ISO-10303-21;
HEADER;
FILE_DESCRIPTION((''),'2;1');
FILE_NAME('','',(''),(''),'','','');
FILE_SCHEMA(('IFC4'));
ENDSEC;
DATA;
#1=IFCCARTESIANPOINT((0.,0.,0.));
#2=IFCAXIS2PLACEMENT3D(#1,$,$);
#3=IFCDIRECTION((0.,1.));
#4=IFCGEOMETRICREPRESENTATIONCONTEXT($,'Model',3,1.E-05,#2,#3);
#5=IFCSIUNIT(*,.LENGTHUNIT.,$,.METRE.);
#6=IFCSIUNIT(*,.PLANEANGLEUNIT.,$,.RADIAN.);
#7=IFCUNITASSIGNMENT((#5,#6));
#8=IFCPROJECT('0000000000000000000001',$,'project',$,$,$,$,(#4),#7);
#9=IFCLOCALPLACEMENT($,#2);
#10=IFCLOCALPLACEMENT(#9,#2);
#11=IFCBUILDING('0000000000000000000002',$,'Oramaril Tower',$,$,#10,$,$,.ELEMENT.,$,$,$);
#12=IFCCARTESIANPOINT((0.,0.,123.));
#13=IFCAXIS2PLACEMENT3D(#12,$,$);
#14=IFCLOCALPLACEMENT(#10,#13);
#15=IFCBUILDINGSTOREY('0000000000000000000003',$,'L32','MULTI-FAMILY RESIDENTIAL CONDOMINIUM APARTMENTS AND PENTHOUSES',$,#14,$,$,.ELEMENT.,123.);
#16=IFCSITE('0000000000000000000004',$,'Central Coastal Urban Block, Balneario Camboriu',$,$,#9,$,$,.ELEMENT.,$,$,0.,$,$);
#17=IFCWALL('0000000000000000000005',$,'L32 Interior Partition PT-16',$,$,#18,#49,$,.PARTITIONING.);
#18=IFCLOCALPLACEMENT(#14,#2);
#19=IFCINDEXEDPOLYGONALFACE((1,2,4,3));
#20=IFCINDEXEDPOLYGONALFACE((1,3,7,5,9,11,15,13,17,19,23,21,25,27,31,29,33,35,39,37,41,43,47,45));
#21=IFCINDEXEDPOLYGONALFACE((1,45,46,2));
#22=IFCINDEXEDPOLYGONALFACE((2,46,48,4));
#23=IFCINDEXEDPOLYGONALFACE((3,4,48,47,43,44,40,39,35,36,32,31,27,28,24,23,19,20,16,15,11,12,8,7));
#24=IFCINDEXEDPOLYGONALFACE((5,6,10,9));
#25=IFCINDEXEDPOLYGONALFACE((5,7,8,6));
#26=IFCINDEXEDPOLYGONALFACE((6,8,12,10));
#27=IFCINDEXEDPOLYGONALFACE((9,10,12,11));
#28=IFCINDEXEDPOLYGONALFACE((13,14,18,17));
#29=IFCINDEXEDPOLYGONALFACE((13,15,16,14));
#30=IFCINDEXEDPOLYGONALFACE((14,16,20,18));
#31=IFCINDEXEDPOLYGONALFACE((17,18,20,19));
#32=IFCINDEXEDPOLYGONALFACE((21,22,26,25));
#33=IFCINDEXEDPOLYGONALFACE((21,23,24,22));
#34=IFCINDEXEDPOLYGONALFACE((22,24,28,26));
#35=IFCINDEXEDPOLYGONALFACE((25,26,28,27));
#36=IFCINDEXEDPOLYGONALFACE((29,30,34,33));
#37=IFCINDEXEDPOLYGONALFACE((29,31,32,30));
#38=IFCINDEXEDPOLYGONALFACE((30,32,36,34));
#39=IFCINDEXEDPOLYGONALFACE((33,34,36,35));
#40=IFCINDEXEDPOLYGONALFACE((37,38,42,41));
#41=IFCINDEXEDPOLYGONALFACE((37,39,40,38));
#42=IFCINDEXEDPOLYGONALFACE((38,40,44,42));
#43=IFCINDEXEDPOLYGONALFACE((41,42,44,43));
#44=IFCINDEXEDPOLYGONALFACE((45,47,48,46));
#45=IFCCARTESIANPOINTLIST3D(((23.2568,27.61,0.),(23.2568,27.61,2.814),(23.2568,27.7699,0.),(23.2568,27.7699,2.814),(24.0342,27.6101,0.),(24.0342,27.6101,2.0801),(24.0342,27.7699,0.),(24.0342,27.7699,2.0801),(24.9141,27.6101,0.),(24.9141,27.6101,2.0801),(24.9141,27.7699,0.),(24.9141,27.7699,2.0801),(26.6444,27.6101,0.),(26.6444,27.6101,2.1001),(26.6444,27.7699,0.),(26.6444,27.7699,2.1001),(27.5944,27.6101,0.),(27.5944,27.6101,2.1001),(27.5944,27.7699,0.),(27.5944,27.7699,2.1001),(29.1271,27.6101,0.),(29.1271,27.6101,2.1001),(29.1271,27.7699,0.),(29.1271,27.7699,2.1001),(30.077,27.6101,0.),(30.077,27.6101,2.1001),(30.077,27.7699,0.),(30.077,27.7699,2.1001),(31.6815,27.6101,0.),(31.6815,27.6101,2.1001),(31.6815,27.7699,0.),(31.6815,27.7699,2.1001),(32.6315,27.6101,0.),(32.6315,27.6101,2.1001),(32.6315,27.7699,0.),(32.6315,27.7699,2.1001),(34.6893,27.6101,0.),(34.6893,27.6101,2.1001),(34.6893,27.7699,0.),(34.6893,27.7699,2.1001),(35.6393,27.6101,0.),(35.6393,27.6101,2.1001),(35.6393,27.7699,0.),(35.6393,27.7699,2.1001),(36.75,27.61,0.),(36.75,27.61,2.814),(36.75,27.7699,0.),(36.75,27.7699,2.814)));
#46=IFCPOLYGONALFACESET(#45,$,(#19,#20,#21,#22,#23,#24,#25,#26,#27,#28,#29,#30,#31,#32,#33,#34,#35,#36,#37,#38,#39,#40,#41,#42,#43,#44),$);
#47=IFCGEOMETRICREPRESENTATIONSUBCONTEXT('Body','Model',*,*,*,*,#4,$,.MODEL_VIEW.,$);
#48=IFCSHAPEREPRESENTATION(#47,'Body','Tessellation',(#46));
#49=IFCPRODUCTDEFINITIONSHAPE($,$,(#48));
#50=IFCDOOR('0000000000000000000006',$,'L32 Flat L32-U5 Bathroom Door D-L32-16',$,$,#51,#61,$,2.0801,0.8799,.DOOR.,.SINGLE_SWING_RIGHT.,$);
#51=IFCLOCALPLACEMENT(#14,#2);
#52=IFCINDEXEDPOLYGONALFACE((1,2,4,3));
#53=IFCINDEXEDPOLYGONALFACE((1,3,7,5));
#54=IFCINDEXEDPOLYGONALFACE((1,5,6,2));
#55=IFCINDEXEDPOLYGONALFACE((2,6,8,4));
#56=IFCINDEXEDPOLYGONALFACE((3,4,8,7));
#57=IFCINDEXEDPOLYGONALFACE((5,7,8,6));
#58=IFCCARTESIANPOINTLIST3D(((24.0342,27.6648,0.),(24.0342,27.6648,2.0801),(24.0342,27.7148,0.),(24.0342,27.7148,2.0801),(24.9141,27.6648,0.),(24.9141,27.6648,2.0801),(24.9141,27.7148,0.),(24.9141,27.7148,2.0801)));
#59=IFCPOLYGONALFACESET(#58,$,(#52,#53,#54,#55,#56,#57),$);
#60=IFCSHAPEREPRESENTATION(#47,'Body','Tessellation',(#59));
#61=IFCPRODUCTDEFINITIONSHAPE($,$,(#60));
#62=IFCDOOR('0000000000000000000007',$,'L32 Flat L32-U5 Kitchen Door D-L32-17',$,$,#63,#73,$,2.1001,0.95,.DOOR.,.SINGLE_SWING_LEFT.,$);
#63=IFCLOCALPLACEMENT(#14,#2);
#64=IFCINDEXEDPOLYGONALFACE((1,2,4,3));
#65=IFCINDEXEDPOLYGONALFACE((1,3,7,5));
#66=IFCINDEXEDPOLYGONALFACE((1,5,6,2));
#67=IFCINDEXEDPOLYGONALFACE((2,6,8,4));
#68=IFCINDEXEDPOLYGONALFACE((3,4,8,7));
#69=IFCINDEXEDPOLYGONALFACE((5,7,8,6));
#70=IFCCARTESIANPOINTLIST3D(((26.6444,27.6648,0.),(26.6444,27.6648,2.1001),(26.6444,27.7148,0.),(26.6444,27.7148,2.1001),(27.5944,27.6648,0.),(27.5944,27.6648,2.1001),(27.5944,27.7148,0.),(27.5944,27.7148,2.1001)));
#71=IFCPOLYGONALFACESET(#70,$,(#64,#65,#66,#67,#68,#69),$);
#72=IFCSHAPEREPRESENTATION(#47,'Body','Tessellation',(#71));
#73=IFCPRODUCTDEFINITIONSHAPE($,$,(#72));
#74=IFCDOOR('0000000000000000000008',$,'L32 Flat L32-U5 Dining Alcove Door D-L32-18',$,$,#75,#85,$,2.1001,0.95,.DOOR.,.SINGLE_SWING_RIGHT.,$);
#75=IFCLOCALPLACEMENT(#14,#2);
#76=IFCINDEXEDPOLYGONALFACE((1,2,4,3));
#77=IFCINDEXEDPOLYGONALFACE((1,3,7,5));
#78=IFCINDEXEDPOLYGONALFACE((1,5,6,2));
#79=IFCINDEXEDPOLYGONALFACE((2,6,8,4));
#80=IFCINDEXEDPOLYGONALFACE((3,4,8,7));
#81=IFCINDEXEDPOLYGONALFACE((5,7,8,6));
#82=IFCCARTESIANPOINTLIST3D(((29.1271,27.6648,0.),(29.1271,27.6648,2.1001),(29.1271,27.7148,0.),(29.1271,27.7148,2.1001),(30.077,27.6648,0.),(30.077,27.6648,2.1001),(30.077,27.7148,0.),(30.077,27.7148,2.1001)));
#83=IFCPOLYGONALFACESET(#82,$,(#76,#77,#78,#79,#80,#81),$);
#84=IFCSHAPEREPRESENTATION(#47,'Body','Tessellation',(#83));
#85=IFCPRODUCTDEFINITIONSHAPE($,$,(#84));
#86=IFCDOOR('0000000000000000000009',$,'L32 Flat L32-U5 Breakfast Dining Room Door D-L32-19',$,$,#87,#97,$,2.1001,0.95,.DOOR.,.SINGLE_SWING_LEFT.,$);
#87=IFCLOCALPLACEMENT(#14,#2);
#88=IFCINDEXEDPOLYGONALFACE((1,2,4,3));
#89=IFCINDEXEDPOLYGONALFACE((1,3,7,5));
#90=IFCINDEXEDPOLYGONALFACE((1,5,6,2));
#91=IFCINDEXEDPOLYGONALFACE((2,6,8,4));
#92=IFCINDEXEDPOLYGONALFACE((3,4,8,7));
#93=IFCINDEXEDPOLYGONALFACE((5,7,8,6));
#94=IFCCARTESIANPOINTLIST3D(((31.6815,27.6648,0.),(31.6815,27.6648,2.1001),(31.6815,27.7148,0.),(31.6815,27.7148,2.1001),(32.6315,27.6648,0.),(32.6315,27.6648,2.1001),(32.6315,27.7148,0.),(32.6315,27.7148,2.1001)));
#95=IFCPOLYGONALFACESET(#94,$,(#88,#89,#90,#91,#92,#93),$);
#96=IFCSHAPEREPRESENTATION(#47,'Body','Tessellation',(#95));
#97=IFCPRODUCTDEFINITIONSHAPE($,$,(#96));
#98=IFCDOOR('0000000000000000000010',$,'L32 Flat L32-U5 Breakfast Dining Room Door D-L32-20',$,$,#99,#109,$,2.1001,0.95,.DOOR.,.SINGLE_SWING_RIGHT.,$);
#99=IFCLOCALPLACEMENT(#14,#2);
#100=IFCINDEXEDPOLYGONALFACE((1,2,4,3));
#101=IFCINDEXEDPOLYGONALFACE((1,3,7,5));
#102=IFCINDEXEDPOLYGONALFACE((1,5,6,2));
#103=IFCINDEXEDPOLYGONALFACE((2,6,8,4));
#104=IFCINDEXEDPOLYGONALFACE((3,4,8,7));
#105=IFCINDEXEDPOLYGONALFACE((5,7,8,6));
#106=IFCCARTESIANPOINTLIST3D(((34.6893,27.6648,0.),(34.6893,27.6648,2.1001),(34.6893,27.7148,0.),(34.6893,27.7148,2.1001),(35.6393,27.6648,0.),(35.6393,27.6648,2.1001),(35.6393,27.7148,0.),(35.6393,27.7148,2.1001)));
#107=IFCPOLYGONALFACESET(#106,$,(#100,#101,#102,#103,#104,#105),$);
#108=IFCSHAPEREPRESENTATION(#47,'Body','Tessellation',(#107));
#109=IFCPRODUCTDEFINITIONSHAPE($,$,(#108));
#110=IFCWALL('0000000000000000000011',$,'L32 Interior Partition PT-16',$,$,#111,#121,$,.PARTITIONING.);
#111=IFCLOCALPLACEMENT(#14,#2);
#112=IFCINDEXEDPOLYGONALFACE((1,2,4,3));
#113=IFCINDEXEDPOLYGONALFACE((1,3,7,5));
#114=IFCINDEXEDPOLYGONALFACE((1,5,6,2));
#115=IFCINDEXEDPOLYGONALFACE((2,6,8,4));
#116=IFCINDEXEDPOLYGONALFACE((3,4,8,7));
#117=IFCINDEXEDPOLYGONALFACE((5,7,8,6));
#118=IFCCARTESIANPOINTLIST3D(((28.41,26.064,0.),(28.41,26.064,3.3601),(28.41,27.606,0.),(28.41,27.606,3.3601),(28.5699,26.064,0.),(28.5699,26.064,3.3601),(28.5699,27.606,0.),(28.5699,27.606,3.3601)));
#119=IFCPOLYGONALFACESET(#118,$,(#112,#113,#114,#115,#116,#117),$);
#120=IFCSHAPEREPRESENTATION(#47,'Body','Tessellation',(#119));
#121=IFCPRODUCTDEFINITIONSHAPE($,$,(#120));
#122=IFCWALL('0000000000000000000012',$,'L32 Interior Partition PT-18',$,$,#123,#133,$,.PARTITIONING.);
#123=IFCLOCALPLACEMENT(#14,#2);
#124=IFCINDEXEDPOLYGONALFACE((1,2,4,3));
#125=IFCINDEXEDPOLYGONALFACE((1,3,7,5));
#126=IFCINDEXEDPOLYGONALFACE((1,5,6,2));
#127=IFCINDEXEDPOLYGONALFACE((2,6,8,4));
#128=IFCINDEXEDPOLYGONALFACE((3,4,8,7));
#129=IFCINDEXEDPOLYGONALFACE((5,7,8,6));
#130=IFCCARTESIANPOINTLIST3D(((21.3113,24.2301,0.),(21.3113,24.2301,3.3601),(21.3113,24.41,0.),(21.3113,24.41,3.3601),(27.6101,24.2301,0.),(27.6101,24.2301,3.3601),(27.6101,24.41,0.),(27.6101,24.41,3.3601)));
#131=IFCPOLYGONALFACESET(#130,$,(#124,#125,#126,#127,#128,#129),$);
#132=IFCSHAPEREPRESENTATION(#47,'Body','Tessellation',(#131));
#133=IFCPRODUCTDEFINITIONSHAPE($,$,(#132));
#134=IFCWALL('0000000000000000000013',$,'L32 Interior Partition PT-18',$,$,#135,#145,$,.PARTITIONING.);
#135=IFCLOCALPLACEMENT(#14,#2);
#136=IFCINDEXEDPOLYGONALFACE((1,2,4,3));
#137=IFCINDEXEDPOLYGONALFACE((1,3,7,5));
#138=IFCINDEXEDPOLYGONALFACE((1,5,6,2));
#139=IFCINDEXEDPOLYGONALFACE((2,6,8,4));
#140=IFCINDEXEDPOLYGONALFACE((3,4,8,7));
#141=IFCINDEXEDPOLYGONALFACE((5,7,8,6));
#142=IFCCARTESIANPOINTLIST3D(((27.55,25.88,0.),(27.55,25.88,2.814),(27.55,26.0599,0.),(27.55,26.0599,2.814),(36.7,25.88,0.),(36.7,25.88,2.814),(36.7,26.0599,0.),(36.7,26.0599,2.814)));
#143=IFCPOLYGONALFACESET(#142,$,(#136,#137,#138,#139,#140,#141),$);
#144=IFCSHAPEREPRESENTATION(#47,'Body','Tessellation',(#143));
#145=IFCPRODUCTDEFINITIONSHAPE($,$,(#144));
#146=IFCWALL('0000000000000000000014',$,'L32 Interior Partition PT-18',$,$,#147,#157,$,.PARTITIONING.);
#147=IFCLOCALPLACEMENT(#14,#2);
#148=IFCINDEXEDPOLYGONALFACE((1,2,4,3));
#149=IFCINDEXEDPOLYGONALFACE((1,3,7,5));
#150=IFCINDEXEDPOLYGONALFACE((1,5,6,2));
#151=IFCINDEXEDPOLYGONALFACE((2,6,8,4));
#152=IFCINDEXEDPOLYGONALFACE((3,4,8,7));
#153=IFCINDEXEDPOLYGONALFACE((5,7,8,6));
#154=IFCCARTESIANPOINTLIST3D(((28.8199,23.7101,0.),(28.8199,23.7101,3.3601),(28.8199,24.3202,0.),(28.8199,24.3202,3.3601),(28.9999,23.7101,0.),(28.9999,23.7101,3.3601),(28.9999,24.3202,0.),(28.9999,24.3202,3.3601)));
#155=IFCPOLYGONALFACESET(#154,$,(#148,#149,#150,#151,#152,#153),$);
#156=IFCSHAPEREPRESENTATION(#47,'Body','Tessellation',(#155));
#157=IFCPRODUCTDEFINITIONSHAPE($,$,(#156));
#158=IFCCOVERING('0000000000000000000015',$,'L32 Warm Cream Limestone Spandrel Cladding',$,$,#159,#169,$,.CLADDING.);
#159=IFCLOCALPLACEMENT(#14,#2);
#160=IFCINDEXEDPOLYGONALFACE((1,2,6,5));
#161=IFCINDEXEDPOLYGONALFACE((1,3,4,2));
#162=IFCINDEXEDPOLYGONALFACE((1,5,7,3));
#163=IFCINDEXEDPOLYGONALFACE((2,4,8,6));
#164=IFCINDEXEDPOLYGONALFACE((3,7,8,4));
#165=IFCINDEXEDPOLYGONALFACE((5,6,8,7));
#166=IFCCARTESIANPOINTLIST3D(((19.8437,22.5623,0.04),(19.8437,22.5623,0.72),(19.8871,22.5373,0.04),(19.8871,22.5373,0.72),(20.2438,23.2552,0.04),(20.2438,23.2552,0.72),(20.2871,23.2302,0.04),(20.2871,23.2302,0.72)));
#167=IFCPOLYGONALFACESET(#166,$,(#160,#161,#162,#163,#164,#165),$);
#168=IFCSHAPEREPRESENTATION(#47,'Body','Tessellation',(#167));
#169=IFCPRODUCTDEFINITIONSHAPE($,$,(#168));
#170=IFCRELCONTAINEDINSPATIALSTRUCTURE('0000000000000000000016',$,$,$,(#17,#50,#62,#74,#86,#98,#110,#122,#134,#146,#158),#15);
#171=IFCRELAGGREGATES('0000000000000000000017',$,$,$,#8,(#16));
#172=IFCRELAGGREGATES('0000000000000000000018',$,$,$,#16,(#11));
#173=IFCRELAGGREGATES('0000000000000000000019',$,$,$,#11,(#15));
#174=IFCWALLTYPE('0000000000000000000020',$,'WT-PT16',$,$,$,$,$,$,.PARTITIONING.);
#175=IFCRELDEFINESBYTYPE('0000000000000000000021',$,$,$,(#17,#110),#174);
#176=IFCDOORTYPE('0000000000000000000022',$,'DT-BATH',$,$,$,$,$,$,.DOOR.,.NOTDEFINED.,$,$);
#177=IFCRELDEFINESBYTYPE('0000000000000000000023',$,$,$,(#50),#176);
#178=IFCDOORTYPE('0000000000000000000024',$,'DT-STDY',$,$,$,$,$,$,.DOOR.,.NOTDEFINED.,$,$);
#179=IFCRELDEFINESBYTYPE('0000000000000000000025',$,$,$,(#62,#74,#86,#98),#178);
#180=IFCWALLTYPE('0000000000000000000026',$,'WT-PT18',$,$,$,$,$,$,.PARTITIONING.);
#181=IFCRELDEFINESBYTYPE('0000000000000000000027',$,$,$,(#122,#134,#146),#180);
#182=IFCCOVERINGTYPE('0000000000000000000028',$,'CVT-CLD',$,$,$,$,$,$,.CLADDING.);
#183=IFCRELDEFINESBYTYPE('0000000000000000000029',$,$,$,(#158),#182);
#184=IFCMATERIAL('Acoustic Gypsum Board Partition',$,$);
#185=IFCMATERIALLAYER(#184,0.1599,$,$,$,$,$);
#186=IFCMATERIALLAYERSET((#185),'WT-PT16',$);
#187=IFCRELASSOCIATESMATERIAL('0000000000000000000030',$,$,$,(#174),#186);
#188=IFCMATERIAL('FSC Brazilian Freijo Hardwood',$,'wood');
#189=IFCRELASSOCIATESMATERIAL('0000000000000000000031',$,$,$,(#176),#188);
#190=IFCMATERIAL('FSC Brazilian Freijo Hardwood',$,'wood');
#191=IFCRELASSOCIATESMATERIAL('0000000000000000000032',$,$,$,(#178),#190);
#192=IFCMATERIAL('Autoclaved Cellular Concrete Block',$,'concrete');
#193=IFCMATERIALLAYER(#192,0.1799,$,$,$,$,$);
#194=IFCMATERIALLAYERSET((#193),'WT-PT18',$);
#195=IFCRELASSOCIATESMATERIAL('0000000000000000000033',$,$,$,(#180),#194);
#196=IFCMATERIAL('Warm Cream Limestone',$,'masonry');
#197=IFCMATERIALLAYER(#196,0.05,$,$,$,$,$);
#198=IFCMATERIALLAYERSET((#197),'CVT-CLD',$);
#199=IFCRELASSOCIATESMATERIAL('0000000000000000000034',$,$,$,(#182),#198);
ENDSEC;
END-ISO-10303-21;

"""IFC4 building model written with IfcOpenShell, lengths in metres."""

from ifc_helpers import new_model, si_unit, direction, frame, frame_2d, origin, origin_2d, place, context, subcontext, project, spatial, rectangle, extrude, material, layer, layer_set, type_object, element, fill, save


model = new_model("IFC4")

# Units and contexts
model_context = context("Model", 3, precision=1e-05, world=origin(), true_north=direction((0.0, 1.0)))
body_context = subcontext(model_context, "Body", "Model", "MODEL_VIEW")
ifc_project = project(units=[si_unit("LENGTHUNIT", "METRE"), si_unit("PLANEANGLEUNIT", "RADIAN")], contexts=[model_context])

# Site, building, storey
site_placement = place(None, origin())
site = spatial("IfcSite", under=ifc_project, at=site_placement, Name="Central Coastal Urban Block, Balneario Camboriu", CompositionType="ELEMENT", RefElevation=0.0)
building_placement = place(site_placement, origin())
building = spatial("IfcBuilding", under=site, at=building_placement, Name="Oramaril Tower", CompositionType="ELEMENT")
storey_placement = place(building_placement, frame((0.0, 0.0, 123.0)))
storey = spatial("IfcBuildingStorey", under=building, at=storey_placement, Name="L32", Description="MULTI-FAMILY RESIDENTIAL CONDOMINIUM APARTMENTS AND PENTHOUSES", CompositionType="ELEMENT", Elevation=123.0)

# Wall, openings, doors
ifc_material_1 = material(Name="Acoustic Gypsum Board Partition")
ifc_layer_1 = layer(ifc_material_1, 0.1599)
ifc_layer_set_1 = layer_set([ifc_layer_1], Name="WT-PT16")
wall_type_1 = type_object("IfcWallType", Name="WT-PT16", PredefinedType="PARTITIONING", material=ifc_layer_set_1)
wall_1_placement = place(storey_placement, frame((23.2568, 27.6899, 0.0), z_axis=(0.0, 0.0, 1.0), x_axis=(1.0, 0.0, 0.0)))
wall_1 = element("IfcWall", 1, at=wall_1_placement, inside=storey, type_object=wall_type_1, Name="L32 Interior Partition PT-16", PredefinedType="PARTITIONING", context=body_context, shape_type="SweptSolid", body=[
    extrude(rectangle(XDim=13.4932, YDim=0.1599, at=frame_2d((6.7466, 0.0))), origin(), (0.0, 0.0, 1.0), 2.814),
])
opening_1_placement = place(wall_1_placement, frame((0.7773, 0.0, 0.0)))
opening_1 = element("IfcOpeningElement", 2, at=opening_1_placement, cuts=wall_1, PredefinedType="OPENING", context=body_context, shape_type="SweptSolid", body=[
    extrude(rectangle(XDim=0.8799, YDim=2.0801, at=frame_2d((0.4399, 1.04))), frame((0.0, 0.0801, 0.0), z_axis=(0.0, -1.0, 0.0), x_axis=(1.0, 0.0, 0.0)), (0.0, 0.0, 1.0), 0.1599),
])
opening_2_placement = place(wall_1_placement, frame((3.3875, 0.0, 0.0)))
opening_2 = element("IfcOpeningElement", 3, at=opening_2_placement, cuts=wall_1, PredefinedType="OPENING", context=body_context, shape_type="SweptSolid", body=[
    extrude(rectangle(XDim=0.95, YDim=2.1001, at=frame_2d((0.4751, 1.05))), frame((0.0, 0.0801, 0.0), z_axis=(0.0, -1.0, 0.0), x_axis=(1.0, 0.0, 0.0)), (0.0, 0.0, 1.0), 0.1599),
])
opening_3_placement = place(wall_1_placement, frame((5.8701, 0.0, 0.0)))
opening_3 = element("IfcOpeningElement", 4, at=opening_3_placement, cuts=wall_1, PredefinedType="OPENING", context=body_context, shape_type="SweptSolid", body=[
    extrude(rectangle(XDim=0.95, YDim=2.1001, at=frame_2d((0.4751, 1.05))), frame((0.0, 0.0801, 0.0), z_axis=(0.0, -1.0, 0.0), x_axis=(1.0, 0.0, 0.0)), (0.0, 0.0, 1.0), 0.1599),
])
opening_4_placement = place(wall_1_placement, frame((8.4246, 0.0, 0.0)))
opening_4 = element("IfcOpeningElement", 5, at=opening_4_placement, cuts=wall_1, PredefinedType="OPENING", context=body_context, shape_type="SweptSolid", body=[
    extrude(rectangle(XDim=0.95, YDim=2.1001, at=frame_2d((0.4751, 1.05))), frame((0.0, 0.0801, 0.0), z_axis=(0.0, -1.0, 0.0), x_axis=(1.0, 0.0, 0.0)), (0.0, 0.0, 1.0), 0.1599),
])
opening_5_placement = place(wall_1_placement, frame((11.4324, 0.0, 0.0)))
opening_5 = element("IfcOpeningElement", 6, at=opening_5_placement, cuts=wall_1, PredefinedType="OPENING", context=body_context, shape_type="SweptSolid", body=[
    extrude(rectangle(XDim=0.95, YDim=2.1001, at=frame_2d((0.4751, 1.05))), frame((0.0, 0.0801, 0.0), z_axis=(0.0, -1.0, 0.0), x_axis=(1.0, 0.0, 0.0)), (0.0, 0.0, 1.0), 0.1599),
])
ifc_material_2 = material(Name="FSC Brazilian Freijo Hardwood", Category="wood")
door_type_1 = type_object("IfcDoorType", Name="DT-BATH", OperationType="NOTDEFINED", PredefinedType="DOOR", material=ifc_material_2)
door_1_placement = place(opening_1_placement, origin())
door_1 = element("IfcDoor", 7, at=door_1_placement, inside=storey, type_object=door_type_1, Name="L32 Flat L32-U5 Bathroom Door D-L32-16", OperationType="SINGLE_SWING_RIGHT", OverallHeight=2.0801, OverallWidth=0.8799, PredefinedType="DOOR", context=body_context, shape_type="SweptSolid", body=[
    extrude(rectangle(XDim=0.8799, YDim=2.0801, at=frame_2d((0.4399, 1.04))), frame((0.0, 0.0249, 0.0), z_axis=(0.0, -1.0, 0.0), x_axis=(1.0, 0.0, 0.0)), (0.0, 0.0, 1.0), 0.05),
])
fill(opening_1, door_1)
ifc_material_3 = material(Name="FSC Brazilian Freijo Hardwood", Category="wood")
door_type_2 = type_object("IfcDoorType", Name="DT-STDY", OperationType="NOTDEFINED", PredefinedType="DOOR", material=ifc_material_3)
door_2_placement = place(opening_2_placement, origin())
door_2 = element("IfcDoor", 8, at=door_2_placement, inside=storey, type_object=door_type_2, Name="L32 Flat L32-U5 Kitchen Door D-L32-17", OperationType="SINGLE_SWING_LEFT", OverallHeight=2.1001, OverallWidth=0.95, PredefinedType="DOOR", context=body_context, shape_type="SweptSolid", body=[
    extrude(rectangle(XDim=0.95, YDim=2.1001, at=frame_2d((0.4751, 1.05))), frame((0.0, 0.0249, 0.0), z_axis=(0.0, -1.0, 0.0), x_axis=(1.0, 0.0, 0.0)), (0.0, 0.0, 1.0), 0.05),
])
fill(opening_2, door_2)
door_3_placement = place(opening_3_placement, origin())
door_3 = element("IfcDoor", 9, at=door_3_placement, inside=storey, type_object=door_type_2, Name="L32 Flat L32-U5 Dining Alcove Door D-L32-18", OperationType="SINGLE_SWING_RIGHT", OverallHeight=2.1001, OverallWidth=0.95, PredefinedType="DOOR", context=body_context, shape_type="SweptSolid", body=[
    extrude(rectangle(XDim=0.95, YDim=2.1001, at=frame_2d((0.4751, 1.05))), frame((0.0, 0.0249, 0.0), z_axis=(0.0, -1.0, 0.0), x_axis=(1.0, 0.0, 0.0)), (0.0, 0.0, 1.0), 0.05),
])
fill(opening_3, door_3)
door_4_placement = place(opening_4_placement, origin())
door_4 = element("IfcDoor", 10, at=door_4_placement, inside=storey, type_object=door_type_2, Name="L32 Flat L32-U5 Breakfast Dining Room Door D-L32-19", OperationType="SINGLE_SWING_LEFT", OverallHeight=2.1001, OverallWidth=0.95, PredefinedType="DOOR", context=body_context, shape_type="SweptSolid", body=[
    extrude(rectangle(XDim=0.95, YDim=2.1001, at=frame_2d((0.4751, 1.05))), frame((0.0, 0.0249, 0.0), z_axis=(0.0, -1.0, 0.0), x_axis=(1.0, 0.0, 0.0)), (0.0, 0.0, 1.0), 0.05),
])
fill(opening_4, door_4)
door_5_placement = place(opening_5_placement, origin())
door_5 = element("IfcDoor", 11, at=door_5_placement, inside=storey, type_object=door_type_2, Name="L32 Flat L32-U5 Breakfast Dining Room Door D-L32-20", OperationType="SINGLE_SWING_RIGHT", OverallHeight=2.1001, OverallWidth=0.95, PredefinedType="DOOR", context=body_context, shape_type="SweptSolid", body=[
    extrude(rectangle(XDim=0.95, YDim=2.1001, at=frame_2d((0.4751, 1.05))), frame((0.0, 0.0249, 0.0), z_axis=(0.0, -1.0, 0.0), x_axis=(1.0, 0.0, 0.0)), (0.0, 0.0, 1.0), 0.05),
])
fill(opening_5, door_5)

# Walls
wall_2_placement = place(storey_placement, frame((28.49, 26.064, 0.0), z_axis=(0.0, 0.0, 1.0), x_axis=(0.0, 1.0, 0.0)))
element("IfcWall", 12, at=wall_2_placement, inside=storey, type_object=wall_type_1, Name="L32 Interior Partition PT-16", PredefinedType="PARTITIONING", context=body_context, shape_type="SweptSolid", body=[
    extrude(rectangle(XDim=1.542, YDim=0.1599, at=frame_2d((0.771, 0.0))), origin(), (0.0, 0.0, 1.0), 3.3601),
])
ifc_material_4 = material(Name="Autoclaved Cellular Concrete Block", Category="concrete")
ifc_layer_2 = layer(ifc_material_4, 0.1799)
ifc_layer_set_2 = layer_set([ifc_layer_2], Name="WT-PT18")
wall_type_2 = type_object("IfcWallType", Name="WT-PT18", PredefinedType="PARTITIONING", material=ifc_layer_set_2)
wall_3_placement = place(storey_placement, frame((21.3113, 24.3201, 0.0), z_axis=(0.0, 0.0, 1.0), x_axis=(1.0, 0.0, 0.0)))
element("IfcWall", 13, at=wall_3_placement, inside=storey, type_object=wall_type_2, Name="L32 Interior Partition PT-18", PredefinedType="PARTITIONING", context=body_context, shape_type="SweptSolid", body=[
    extrude(rectangle(XDim=6.2988, YDim=0.1799, at=frame_2d((3.1494, 0.0))), origin(), (0.0, 0.0, 1.0), 3.3601),
])
wall_4_placement = place(storey_placement, frame((27.55, 25.97, 0.0), z_axis=(0.0, 0.0, 1.0), x_axis=(1.0, 0.0, 0.0)))
element("IfcWall", 14, at=wall_4_placement, inside=storey, type_object=wall_type_2, Name="L32 Interior Partition PT-18", PredefinedType="PARTITIONING", context=body_context, shape_type="SweptSolid", body=[
    extrude(rectangle(XDim=9.1499, YDim=0.1799, at=frame_2d((4.575, 0.0))), origin(), (0.0, 0.0, 1.0), 2.814),
])
wall_5_placement = place(storey_placement, frame((28.9099, 23.71, 0.0), z_axis=(0.0, 0.0, 1.0), x_axis=(0.0, 1.0, 0.0)))
element("IfcWall", 15, at=wall_5_placement, inside=storey, type_object=wall_type_2, Name="L32 Interior Partition PT-18", PredefinedType="PARTITIONING", context=body_context, shape_type="SweptSolid", body=[
    extrude(rectangle(XDim=0.6101, YDim=0.1799, at=frame_2d((0.3052, 0.0))), origin(), (0.0, 0.0, 1.0), 3.3601),
])

# Covering
ifc_material_5 = material(Name="Warm Cream Limestone", Category="masonry")
ifc_layer_3 = layer(ifc_material_5, 0.05)
ifc_layer_set_3 = layer_set([ifc_layer_3], Name="CVT-CLD")
covering_type = type_object("IfcCoveringType", Name="CVT-CLD", PredefinedType="CLADDING", material=ifc_layer_set_3)
covering_placement = place(storey_placement, frame((20.0654, 22.8962, 0.04), z_axis=(0.0, 0.0, 1.0), x_axis=(-0.499998, -0.866026, 0.0)))
element("IfcCovering", 16, at=covering_placement, inside=storey, type_object=covering_type, Name="L32 Warm Cream Limestone Spandrel Cladding", PredefinedType="CLADDING", context=body_context, shape_type="SweptSolid", body=[
    extrude(rectangle(XDim=0.8, YDim=0.05, at=origin_2d()), origin(), (0.0, 0.0, 1.0), 0.6799),
])

save(model, "model.ifc")
